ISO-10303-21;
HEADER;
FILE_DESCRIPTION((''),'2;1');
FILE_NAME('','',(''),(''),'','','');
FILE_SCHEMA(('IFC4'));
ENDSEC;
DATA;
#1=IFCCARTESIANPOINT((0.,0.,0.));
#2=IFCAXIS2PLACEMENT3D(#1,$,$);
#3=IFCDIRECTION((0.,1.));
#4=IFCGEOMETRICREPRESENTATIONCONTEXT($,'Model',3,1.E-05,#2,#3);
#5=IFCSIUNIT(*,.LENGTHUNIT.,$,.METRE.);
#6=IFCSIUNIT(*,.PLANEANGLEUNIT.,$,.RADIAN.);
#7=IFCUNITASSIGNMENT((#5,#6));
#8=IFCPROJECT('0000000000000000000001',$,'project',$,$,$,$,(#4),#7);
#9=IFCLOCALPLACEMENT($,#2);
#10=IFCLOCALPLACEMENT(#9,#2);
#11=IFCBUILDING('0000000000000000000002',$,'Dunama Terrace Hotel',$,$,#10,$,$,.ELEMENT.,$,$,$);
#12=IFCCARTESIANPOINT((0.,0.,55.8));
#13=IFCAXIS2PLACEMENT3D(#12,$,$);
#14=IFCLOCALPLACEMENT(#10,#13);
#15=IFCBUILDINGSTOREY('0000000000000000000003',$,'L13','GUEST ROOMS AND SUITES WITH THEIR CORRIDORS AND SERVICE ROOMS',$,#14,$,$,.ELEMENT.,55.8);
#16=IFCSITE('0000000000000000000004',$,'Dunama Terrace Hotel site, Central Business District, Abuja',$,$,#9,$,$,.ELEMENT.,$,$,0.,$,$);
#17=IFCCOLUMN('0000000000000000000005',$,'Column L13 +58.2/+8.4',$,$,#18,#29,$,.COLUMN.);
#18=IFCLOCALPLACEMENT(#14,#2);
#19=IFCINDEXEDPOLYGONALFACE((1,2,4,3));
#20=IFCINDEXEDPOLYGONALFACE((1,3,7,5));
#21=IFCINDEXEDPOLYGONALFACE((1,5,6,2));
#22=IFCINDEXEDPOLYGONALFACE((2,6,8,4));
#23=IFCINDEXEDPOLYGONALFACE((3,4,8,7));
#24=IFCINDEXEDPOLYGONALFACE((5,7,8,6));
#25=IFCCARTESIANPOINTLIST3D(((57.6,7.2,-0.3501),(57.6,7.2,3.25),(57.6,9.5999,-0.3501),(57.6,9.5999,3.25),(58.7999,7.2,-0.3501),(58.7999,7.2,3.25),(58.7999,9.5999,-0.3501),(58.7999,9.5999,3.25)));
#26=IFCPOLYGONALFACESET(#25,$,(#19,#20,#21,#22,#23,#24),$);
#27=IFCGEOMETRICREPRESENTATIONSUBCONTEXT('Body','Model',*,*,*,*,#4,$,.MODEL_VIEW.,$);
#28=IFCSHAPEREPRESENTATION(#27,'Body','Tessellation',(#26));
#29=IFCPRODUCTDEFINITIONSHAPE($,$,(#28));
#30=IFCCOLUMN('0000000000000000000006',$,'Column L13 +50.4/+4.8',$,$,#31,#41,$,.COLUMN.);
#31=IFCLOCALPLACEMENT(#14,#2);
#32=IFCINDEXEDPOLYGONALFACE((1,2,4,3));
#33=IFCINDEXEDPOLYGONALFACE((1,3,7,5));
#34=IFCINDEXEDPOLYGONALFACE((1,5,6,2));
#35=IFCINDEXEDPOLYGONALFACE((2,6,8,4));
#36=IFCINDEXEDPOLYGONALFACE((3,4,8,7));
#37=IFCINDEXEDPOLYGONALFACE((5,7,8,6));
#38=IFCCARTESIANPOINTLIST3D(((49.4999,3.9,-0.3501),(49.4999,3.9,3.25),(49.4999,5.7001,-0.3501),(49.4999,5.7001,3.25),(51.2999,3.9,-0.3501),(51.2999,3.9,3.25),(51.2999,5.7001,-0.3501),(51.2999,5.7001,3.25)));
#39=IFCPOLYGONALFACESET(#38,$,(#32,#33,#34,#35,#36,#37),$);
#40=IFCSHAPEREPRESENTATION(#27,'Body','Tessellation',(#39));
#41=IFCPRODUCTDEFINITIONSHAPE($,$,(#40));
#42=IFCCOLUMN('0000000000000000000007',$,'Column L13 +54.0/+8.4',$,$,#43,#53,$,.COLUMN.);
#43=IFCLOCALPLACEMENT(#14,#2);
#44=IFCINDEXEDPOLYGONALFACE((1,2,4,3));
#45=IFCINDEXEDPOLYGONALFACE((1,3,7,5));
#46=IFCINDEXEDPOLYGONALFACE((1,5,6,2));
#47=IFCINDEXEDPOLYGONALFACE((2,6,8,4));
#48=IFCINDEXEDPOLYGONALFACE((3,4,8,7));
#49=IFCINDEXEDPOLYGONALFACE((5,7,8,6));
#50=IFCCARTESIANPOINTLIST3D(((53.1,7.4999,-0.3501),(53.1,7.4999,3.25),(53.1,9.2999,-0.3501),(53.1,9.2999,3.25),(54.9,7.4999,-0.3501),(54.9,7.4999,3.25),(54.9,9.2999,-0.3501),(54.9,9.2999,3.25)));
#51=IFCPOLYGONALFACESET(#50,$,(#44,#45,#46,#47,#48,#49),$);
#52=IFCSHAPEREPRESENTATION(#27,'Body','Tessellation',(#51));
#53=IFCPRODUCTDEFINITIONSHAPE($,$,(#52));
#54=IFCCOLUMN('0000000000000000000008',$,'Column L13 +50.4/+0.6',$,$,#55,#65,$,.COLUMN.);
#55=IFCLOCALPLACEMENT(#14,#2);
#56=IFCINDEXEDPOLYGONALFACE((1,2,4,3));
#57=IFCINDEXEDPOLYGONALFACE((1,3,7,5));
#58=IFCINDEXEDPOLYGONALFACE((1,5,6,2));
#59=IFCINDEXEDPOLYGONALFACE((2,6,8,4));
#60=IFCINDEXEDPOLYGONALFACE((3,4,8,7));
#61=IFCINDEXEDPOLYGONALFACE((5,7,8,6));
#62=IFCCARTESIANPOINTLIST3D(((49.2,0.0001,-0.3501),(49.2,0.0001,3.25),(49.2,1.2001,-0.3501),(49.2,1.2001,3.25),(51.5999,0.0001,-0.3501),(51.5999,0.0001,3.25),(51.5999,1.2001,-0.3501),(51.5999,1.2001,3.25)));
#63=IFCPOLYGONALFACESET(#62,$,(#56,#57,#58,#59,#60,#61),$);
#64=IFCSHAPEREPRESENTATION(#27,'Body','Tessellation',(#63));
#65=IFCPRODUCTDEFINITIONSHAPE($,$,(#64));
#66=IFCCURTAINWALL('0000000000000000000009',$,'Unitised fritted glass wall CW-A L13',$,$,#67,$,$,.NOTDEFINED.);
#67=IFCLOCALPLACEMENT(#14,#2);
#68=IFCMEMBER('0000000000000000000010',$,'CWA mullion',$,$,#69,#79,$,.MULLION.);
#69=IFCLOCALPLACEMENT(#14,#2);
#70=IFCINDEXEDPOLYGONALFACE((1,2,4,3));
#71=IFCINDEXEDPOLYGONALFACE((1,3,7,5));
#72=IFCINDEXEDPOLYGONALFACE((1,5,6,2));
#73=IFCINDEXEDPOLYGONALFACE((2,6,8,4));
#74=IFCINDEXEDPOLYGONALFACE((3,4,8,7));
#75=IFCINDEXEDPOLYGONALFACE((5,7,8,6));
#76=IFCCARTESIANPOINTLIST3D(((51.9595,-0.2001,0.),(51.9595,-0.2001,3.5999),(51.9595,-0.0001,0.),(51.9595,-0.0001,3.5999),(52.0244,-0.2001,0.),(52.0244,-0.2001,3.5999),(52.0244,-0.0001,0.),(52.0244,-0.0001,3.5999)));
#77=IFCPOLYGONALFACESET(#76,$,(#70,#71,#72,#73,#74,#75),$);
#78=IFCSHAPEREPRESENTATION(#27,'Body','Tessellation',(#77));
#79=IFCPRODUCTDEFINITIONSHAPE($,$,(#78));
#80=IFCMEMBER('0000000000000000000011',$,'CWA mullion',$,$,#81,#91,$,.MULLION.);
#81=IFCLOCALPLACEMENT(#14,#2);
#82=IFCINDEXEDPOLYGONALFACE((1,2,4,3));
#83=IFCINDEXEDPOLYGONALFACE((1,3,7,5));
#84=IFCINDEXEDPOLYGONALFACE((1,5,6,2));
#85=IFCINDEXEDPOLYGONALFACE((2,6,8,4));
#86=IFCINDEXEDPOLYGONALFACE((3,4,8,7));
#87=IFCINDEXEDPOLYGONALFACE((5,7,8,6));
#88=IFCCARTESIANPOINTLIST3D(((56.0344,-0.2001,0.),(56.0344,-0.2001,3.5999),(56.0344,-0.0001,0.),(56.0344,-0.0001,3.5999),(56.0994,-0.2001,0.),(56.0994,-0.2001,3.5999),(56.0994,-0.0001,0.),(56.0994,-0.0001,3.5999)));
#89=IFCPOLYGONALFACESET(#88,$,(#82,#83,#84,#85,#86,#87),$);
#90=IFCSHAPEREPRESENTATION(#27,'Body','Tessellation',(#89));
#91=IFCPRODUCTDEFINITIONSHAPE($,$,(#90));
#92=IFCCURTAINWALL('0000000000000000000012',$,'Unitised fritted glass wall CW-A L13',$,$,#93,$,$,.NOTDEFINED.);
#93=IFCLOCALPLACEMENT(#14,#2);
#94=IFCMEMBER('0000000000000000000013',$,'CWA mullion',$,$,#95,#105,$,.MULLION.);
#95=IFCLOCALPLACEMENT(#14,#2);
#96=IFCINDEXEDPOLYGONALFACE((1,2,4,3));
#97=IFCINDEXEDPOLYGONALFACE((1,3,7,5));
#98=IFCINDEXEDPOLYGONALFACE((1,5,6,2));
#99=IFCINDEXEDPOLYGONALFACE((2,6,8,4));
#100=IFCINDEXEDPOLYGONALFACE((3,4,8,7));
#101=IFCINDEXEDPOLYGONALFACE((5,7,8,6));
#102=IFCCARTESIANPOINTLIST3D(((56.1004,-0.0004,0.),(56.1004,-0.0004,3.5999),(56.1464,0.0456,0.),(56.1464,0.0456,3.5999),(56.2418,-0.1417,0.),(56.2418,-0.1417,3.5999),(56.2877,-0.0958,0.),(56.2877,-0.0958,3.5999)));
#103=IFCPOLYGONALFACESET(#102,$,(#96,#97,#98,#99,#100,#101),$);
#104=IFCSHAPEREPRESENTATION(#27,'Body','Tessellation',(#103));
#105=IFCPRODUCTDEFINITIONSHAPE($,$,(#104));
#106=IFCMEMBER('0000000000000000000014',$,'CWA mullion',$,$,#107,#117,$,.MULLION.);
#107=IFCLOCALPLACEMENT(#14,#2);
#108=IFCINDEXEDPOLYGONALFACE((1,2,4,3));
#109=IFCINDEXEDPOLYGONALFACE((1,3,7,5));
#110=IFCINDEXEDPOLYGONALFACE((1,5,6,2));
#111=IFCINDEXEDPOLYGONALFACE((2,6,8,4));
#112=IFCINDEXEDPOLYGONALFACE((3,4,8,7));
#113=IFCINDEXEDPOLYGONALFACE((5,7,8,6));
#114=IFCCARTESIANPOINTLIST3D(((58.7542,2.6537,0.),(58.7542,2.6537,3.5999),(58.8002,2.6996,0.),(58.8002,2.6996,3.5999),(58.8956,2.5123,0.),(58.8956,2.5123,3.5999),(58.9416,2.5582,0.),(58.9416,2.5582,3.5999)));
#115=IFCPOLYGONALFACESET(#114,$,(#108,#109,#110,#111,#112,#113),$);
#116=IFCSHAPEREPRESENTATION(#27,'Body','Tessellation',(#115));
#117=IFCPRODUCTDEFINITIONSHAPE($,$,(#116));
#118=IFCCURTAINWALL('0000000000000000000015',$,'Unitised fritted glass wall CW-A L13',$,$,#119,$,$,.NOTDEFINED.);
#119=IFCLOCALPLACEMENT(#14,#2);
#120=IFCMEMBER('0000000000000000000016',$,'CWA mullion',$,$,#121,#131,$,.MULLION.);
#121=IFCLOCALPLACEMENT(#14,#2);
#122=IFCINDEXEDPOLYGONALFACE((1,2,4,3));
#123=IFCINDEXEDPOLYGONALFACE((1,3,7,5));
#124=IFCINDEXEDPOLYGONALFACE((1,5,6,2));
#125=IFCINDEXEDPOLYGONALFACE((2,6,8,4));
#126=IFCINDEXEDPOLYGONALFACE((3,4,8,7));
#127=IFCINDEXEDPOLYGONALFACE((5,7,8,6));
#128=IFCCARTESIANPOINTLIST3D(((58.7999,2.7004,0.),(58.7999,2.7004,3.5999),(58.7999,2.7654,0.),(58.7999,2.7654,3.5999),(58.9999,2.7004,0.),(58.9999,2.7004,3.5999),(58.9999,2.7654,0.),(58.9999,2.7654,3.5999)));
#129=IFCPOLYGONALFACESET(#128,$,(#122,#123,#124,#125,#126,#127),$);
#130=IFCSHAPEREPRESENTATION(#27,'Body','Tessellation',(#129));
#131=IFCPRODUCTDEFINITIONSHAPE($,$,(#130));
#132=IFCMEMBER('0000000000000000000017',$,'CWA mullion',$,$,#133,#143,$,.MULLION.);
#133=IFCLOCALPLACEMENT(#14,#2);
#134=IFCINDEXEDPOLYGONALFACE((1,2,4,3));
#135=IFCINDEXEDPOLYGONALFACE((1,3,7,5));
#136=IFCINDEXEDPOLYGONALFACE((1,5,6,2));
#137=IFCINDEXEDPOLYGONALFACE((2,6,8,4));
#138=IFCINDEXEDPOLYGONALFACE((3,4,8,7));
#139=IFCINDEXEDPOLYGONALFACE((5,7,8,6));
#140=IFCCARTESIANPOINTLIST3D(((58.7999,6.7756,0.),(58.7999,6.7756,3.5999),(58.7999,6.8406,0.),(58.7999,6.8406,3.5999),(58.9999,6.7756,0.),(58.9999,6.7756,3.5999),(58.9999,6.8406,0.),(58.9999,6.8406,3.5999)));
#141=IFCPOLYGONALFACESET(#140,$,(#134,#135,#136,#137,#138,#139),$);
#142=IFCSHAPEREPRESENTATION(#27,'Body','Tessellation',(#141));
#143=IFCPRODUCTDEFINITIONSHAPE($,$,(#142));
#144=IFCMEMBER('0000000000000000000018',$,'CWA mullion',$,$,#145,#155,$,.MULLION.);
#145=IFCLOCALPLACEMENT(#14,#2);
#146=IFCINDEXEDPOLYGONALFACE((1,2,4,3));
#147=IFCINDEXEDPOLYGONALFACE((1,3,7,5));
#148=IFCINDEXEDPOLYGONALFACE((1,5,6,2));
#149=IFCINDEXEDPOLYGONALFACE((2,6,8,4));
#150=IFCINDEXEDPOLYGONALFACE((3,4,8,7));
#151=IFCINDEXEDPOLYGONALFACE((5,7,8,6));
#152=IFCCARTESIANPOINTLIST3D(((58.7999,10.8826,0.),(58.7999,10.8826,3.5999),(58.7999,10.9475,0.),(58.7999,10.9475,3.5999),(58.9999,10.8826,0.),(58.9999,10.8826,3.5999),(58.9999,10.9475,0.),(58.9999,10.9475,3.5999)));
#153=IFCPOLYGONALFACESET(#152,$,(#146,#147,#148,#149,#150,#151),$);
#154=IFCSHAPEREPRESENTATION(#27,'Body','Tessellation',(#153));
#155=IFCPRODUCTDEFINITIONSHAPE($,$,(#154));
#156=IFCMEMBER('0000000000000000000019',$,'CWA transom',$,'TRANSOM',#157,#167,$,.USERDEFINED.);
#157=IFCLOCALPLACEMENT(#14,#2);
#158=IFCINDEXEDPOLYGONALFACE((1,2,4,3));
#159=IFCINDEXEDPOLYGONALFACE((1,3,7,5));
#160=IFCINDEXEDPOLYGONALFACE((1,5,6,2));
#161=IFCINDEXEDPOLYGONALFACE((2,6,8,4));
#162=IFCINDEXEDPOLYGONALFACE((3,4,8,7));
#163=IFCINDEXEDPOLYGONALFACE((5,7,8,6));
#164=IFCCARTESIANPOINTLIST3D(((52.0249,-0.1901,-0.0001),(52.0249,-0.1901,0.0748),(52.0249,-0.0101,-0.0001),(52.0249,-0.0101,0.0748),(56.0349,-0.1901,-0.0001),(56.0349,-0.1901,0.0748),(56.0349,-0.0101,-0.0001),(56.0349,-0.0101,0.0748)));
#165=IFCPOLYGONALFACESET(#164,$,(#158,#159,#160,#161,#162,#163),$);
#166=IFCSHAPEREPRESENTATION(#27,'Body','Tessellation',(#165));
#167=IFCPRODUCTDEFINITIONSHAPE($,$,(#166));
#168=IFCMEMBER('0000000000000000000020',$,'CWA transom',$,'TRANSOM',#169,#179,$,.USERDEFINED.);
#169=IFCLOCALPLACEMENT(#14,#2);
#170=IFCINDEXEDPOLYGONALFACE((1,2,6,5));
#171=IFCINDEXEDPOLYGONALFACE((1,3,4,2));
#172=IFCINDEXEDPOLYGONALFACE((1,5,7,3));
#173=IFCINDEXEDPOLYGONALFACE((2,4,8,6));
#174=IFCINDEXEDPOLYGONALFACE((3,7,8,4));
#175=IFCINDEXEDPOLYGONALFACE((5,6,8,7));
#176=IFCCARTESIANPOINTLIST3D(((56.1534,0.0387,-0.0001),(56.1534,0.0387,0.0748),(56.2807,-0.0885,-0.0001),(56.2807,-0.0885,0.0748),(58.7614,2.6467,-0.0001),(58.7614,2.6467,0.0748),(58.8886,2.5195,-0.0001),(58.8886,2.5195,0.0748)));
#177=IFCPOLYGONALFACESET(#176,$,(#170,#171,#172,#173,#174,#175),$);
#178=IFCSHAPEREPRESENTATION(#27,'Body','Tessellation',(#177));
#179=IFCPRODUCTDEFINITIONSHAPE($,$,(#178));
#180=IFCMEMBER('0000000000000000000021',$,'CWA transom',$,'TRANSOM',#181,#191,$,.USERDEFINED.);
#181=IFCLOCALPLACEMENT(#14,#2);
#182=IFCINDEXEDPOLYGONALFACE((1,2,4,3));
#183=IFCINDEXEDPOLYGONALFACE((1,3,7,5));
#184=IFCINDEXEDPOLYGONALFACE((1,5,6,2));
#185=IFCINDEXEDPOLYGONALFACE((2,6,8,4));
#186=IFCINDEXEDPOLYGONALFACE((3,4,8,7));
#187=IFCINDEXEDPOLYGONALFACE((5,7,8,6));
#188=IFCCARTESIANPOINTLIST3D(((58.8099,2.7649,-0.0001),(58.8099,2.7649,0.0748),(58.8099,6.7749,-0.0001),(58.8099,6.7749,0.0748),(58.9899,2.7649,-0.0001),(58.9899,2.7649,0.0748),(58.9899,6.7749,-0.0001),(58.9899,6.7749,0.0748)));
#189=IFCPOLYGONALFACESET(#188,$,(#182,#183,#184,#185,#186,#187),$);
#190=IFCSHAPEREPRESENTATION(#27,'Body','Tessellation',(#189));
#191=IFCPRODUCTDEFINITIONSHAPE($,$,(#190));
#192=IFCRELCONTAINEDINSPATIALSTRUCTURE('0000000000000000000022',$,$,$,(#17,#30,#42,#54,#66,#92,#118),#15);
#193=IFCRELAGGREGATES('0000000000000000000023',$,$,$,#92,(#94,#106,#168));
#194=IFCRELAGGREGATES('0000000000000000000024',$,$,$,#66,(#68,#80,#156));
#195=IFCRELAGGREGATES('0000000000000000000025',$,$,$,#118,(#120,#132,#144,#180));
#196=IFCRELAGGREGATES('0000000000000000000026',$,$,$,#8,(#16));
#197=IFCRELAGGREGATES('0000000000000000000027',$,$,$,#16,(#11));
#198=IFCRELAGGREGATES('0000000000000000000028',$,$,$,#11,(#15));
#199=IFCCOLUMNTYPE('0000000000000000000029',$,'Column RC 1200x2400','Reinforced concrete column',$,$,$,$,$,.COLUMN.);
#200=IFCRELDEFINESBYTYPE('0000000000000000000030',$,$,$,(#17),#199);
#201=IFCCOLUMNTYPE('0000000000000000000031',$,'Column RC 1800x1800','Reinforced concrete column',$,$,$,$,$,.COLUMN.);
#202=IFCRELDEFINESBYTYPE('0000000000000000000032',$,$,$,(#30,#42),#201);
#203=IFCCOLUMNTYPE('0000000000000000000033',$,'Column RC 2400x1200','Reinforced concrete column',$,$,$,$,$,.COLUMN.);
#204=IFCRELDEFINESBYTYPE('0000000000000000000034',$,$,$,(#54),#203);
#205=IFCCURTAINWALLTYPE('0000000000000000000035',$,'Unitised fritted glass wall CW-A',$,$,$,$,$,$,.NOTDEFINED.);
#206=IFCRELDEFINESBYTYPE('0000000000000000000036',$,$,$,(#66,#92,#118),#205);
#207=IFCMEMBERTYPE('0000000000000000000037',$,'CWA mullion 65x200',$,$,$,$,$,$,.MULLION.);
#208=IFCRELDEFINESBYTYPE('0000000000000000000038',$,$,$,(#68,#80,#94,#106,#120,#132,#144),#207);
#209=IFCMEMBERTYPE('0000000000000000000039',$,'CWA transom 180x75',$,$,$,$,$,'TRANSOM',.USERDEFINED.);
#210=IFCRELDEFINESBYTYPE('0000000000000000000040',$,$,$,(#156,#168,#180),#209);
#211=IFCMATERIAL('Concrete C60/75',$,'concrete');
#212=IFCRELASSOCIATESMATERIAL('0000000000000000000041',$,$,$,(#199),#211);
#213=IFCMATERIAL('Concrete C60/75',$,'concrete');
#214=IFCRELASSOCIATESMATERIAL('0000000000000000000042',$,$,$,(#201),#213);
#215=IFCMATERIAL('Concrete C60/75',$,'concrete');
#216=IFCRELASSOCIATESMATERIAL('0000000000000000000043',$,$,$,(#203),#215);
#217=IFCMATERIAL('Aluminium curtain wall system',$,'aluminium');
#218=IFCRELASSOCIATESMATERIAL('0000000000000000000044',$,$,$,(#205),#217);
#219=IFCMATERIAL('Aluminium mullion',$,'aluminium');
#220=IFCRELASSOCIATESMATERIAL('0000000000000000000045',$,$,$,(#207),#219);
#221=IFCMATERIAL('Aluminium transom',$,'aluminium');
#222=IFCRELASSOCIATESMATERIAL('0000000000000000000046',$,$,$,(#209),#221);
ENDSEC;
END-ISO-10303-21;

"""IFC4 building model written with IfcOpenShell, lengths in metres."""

from ifc_helpers import new_model, si_unit, direction, frame, origin, origin_2d, place, context, subcontext, project, spatial, rectangle, extrude, material, material_profile, profile_set, type_object, element, aggregate, save


model = new_model("IFC4")

# Units and contexts
model_context = context("Model", 3, precision=1e-05, world=origin(), true_north=direction((0.0, 1.0)))
body_context = subcontext(model_context, "Body", "Model", "MODEL_VIEW")
ifc_project = project(units=[si_unit("LENGTHUNIT", "METRE"), si_unit("PLANEANGLEUNIT", "RADIAN")], contexts=[model_context])

# Site, building, storey
site_placement = place(None, origin())
site = spatial("IfcSite", under=ifc_project, at=site_placement, Name="Dunama Terrace Hotel site, Central Business District, Abuja", CompositionType="ELEMENT", RefElevation=0.0)
building_placement = place(site_placement, origin())
building = spatial("IfcBuilding", under=site, at=building_placement, Name="Dunama Terrace Hotel", CompositionType="ELEMENT")
storey_placement = place(building_placement, frame((0.0, 0.0, 55.8)))
storey = spatial("IfcBuildingStorey", under=building, at=storey_placement, Name="L13", Description="GUEST ROOMS AND SUITES WITH THEIR CORRIDORS AND SERVICE ROOMS", CompositionType="ELEMENT", Elevation=55.8)

# Columns
ifc_material_1 = material(Name="Concrete C60/75", Category="concrete")
ifc_material_profile_1 = material_profile(ifc_material_1, rectangle(XDim=1.2, YDim=2.3999, at=origin_2d()), Name="RC 1200x2400")
ifc_profile_set_1 = profile_set([ifc_material_profile_1], Name="Concrete C60/75")
column_type_1 = type_object("IfcColumnType", Name="Column RC 1200x2400", Description="Reinforced concrete column", PredefinedType="COLUMN", material=ifc_profile_set_1)
column_1_placement = place(storey_placement, frame((58.2, 8.3999, -0.3501), z_axis=(0.0, 0.0, 1.0), x_axis=(1.0, 0.0, 0.0)))
element("IfcColumn", 1, at=column_1_placement, inside=storey, type_object=column_type_1, Name="Column L13 +58.2/+8.4", PredefinedType="COLUMN", context=body_context, shape_type="SweptSolid", body=[
    extrude(rectangle(XDim=1.2, YDim=2.3999, at=origin_2d()), origin(), (0.0, 0.0, 1.0), 3.6001),
])
ifc_material_2 = material(Name="Concrete C60/75", Category="concrete")
ifc_material_profile_2 = material_profile(ifc_material_2, rectangle(XDim=1.8, YDim=1.8, at=origin_2d()), Name="RC 1800x1800")
ifc_profile_set_2 = profile_set([ifc_material_profile_2], Name="Concrete C60/75")
column_type_2 = type_object("IfcColumnType", Name="Column RC 1800x1800", Description="Reinforced concrete column", PredefinedType="COLUMN", material=ifc_profile_set_2)
for number, where, z_axis, x_axis, name in (
    (2, (50.3999, 4.8, -0.3501), (0.0, 0.0, 1.0), (1.0, 0.0, 0.0), "Column L13 +50.4/+4.8"),
    (3, (54.0, 8.3999, -0.3501), (0.0, 0.0, 1.0), (1.0, 0.0, 0.0), "Column L13 +54.0/+8.4"),
):
    element("IfcColumn", number, at=place(storey_placement, frame(where, z_axis=z_axis, x_axis=x_axis)), inside=storey, type_object=column_type_2, Name=name, PredefinedType="COLUMN", context=body_context, shape_type="SweptSolid", body=[
        extrude(rectangle(XDim=1.8, YDim=1.8, at=origin_2d()), origin(), (0.0, 0.0, 1.0), 3.6001),
    ])
ifc_material_3 = material(Name="Concrete C60/75", Category="concrete")
ifc_material_profile_3 = material_profile(ifc_material_3, rectangle(XDim=2.3999, YDim=1.2, at=origin_2d()), Name="RC 2400x1200")
ifc_profile_set_3 = profile_set([ifc_material_profile_3], Name="Concrete C60/75")
column_type_3 = type_object("IfcColumnType", Name="Column RC 2400x1200", Description="Reinforced concrete column", PredefinedType="COLUMN", material=ifc_profile_set_3)
column_2_placement = place(storey_placement, frame((50.3999, 0.6001, -0.3501), z_axis=(0.0, 0.0, 1.0), x_axis=(1.0, 0.0, 0.0)))
element("IfcColumn", 4, at=column_2_placement, inside=storey, type_object=column_type_3, Name="Column L13 +50.4/+0.6", PredefinedType="COLUMN", context=body_context, shape_type="SweptSolid", body=[
    extrude(rectangle(XDim=2.3999, YDim=1.2, at=origin_2d()), origin(), (0.0, 0.0, 1.0), 3.6001),
])

# Curtain walls, members
ifc_material_4 = material(Name="Aluminium curtain wall system", Category="aluminium")
curtain_wall_type = type_object("IfcCurtainWallType", Name="Unitised fritted glass wall CW-A", PredefinedType="NOTDEFINED", material=ifc_material_4)
curtain_wall_1_placement = place(storey_placement, origin())
curtain_wall_1 = element("IfcCurtainWall", 5, at=curtain_wall_1_placement, inside=storey, type_object=curtain_wall_type, Name="Unitised fritted glass wall CW-A L13", PredefinedType="NOTDEFINED")
ifc_material_5 = material(Name="Aluminium mullion", Category="aluminium")
ifc_material_profile_4 = material_profile(ifc_material_5, rectangle(XDim=0.0649, YDim=0.2, at=origin_2d()), Name="CWA MULLION 65X200")
ifc_profile_set_4 = profile_set([ifc_material_profile_4], Name="Aluminium mullion")
member_type_1 = type_object("IfcMemberType", Name="CWA mullion 65x200", PredefinedType="MULLION", material=ifc_profile_set_4)
member_1_placement = place(storey_placement, frame((51.9919, -0.1001, 0.0), z_axis=(0.0, 0.0, 1.0), x_axis=(1.0, 0.0, 0.0)))
member_1 = element("IfcMember", 6, at=member_1_placement, type_object=member_type_1, Name="CWA mullion", PredefinedType="MULLION", context=body_context, shape_type="SweptSolid", body=[
    extrude(rectangle(XDim=0.0649, YDim=0.2, at=origin_2d()), origin(), (0.0, 0.0, 1.0), 3.5999),
])
member_2_placement = place(storey_placement, frame((56.0669, -0.1001, 0.0), z_axis=(0.0, 0.0, 1.0), x_axis=(1.0, 0.0, 0.0)))
member_2 = element("IfcMember", 7, at=member_2_placement, type_object=member_type_1, Name="CWA mullion", PredefinedType="MULLION", context=body_context, shape_type="SweptSolid", body=[
    extrude(rectangle(XDim=0.0649, YDim=0.2, at=origin_2d()), origin(), (0.0, 0.0, 1.0), 3.5999),
])
curtain_wall_2_placement = place(storey_placement, origin())
curtain_wall_2 = element("IfcCurtainWall", 8, at=curtain_wall_2_placement, inside=storey, type_object=curtain_wall_type, Name="Unitised fritted glass wall CW-A L13", PredefinedType="NOTDEFINED")
member_3_placement = place(storey_placement, frame((56.1941, -0.0481, 0.0), z_axis=(0.0, 0.0, 1.0), x_axis=(0.707107, 0.707107, 0.0)))
member_3 = element("IfcMember", 9, at=member_3_placement, type_object=member_type_1, Name="CWA mullion", PredefinedType="MULLION", context=body_context, shape_type="SweptSolid", body=[
    extrude(rectangle(XDim=0.0649, YDim=0.2, at=origin_2d()), origin(), (0.0, 0.0, 1.0), 3.5999),
])
member_4_placement = place(storey_placement, frame((58.8479, 2.606, 0.0), z_axis=(0.0, 0.0, 1.0), x_axis=(0.707107, 0.707107, 0.0)))
member_4 = element("IfcMember", 10, at=member_4_placement, type_object=member_type_1, Name="CWA mullion", PredefinedType="MULLION", context=body_context, shape_type="SweptSolid", body=[
    extrude(rectangle(XDim=0.0649, YDim=0.2, at=origin_2d()), origin(), (0.0, 0.0, 1.0), 3.5999),
])
curtain_wall_3_placement = place(storey_placement, origin())
curtain_wall_3 = element("IfcCurtainWall", 11, at=curtain_wall_3_placement, inside=storey, type_object=curtain_wall_type, Name="Unitised fritted glass wall CW-A L13", PredefinedType="NOTDEFINED")
member_5_placement = place(storey_placement, frame((58.8999, 2.7329, 0.0), z_axis=(0.0, 0.0, 1.0), x_axis=(0.0, 1.0, 0.0)))
member_5 = element("IfcMember", 12, at=member_5_placement, type_object=member_type_1, Name="CWA mullion", PredefinedType="MULLION", context=body_context, shape_type="SweptSolid", body=[
    extrude(rectangle(XDim=0.0649, YDim=0.2, at=origin_2d()), origin(), (0.0, 0.0, 1.0), 3.5999),
])
member_6_placement = place(storey_placement, frame((58.8999, 6.8081, 0.0), z_axis=(0.0, 0.0, 1.0), x_axis=(0.0, 1.0, 0.0)))
member_6 = element("IfcMember", 13, at=member_6_placement, type_object=member_type_1, Name="CWA mullion", PredefinedType="MULLION", context=body_context, shape_type="SweptSolid", body=[
    extrude(rectangle(XDim=0.0649, YDim=0.2, at=origin_2d()), origin(), (0.0, 0.0, 1.0), 3.5999),
])
member_7_placement = place(storey_placement, frame((58.8999, 10.915, 0.0), z_axis=(0.0, 0.0, 1.0), x_axis=(0.0, 1.0, 0.0)))
member_7 = element("IfcMember", 14, at=member_7_placement, type_object=member_type_1, Name="CWA mullion", PredefinedType="MULLION", context=body_context, shape_type="SweptSolid", body=[
    extrude(rectangle(XDim=0.0649, YDim=0.2, at=origin_2d()), origin(), (0.0, 0.0, 1.0), 3.5999),
])

# Members
ifc_material_6 = material(Name="Aluminium transom", Category="aluminium")
ifc_material_profile_5 = material_profile(ifc_material_6, rectangle(XDim=0.1799, YDim=0.075, at=origin_2d()), Name="CWA TRANSOM 180X75")
ifc_profile_set_5 = profile_set([ifc_material_profile_5], Name="Aluminium transom")
member_type_2 = type_object("IfcMemberType", Name="CWA transom 180x75", ElementType="TRANSOM", PredefinedType="USERDEFINED", material=ifc_profile_set_5)
member_8_placement = place(storey_placement, frame((52.0249, -0.1001, 0.0374), z_axis=(1.0, 0.0, 0.0), x_axis=(0.0, 1.0, 0.0)))
member_8 = element("IfcMember", 15, at=member_8_placement, type_object=member_type_2, Name="CWA transom", ObjectType="TRANSOM", PredefinedType="USERDEFINED", context=body_context, shape_type="SweptSolid", body=[
    extrude(rectangle(XDim=0.1799, YDim=0.075, at=origin_2d()), origin(), (0.0, 0.0, 1.0), 4.01),
])
member_9_placement = place(storey_placement, frame((56.217, -0.0249, 0.0374), z_axis=(0.707107, 0.707107, 0.0), x_axis=(-0.707107, 0.707107, 0.0)))
member_9 = element("IfcMember", 16, at=member_9_placement, type_object=member_type_2, Name="CWA transom", ObjectType="TRANSOM", PredefinedType="USERDEFINED", context=body_context, shape_type="SweptSolid", body=[
    extrude(rectangle(XDim=0.1799, YDim=0.075, at=origin_2d()), origin(), (0.0, 0.0, 1.0), 3.6882),
])
member_10_placement = place(storey_placement, frame((58.8999, 2.7649, 0.0374), z_axis=(0.0, 1.0, 0.0), x_axis=(-1.0, 0.0, 0.0)))
member_10 = element("IfcMember", 17, at=member_10_placement, type_object=member_type_2, Name="CWA transom", ObjectType="TRANSOM", PredefinedType="USERDEFINED", context=body_context, shape_type="SweptSolid", body=[
    extrude(rectangle(XDim=0.1799, YDim=0.075, at=origin_2d()), origin(), (0.0, 0.0, 1.0), 4.01),
])

aggregate(curtain_wall_2, [member_3, member_4, member_9])
aggregate(curtain_wall_1, [member_1, member_2, member_8])
aggregate(curtain_wall_3, [member_5, member_6, member_7, member_10])

save(model, "model.ifc")
